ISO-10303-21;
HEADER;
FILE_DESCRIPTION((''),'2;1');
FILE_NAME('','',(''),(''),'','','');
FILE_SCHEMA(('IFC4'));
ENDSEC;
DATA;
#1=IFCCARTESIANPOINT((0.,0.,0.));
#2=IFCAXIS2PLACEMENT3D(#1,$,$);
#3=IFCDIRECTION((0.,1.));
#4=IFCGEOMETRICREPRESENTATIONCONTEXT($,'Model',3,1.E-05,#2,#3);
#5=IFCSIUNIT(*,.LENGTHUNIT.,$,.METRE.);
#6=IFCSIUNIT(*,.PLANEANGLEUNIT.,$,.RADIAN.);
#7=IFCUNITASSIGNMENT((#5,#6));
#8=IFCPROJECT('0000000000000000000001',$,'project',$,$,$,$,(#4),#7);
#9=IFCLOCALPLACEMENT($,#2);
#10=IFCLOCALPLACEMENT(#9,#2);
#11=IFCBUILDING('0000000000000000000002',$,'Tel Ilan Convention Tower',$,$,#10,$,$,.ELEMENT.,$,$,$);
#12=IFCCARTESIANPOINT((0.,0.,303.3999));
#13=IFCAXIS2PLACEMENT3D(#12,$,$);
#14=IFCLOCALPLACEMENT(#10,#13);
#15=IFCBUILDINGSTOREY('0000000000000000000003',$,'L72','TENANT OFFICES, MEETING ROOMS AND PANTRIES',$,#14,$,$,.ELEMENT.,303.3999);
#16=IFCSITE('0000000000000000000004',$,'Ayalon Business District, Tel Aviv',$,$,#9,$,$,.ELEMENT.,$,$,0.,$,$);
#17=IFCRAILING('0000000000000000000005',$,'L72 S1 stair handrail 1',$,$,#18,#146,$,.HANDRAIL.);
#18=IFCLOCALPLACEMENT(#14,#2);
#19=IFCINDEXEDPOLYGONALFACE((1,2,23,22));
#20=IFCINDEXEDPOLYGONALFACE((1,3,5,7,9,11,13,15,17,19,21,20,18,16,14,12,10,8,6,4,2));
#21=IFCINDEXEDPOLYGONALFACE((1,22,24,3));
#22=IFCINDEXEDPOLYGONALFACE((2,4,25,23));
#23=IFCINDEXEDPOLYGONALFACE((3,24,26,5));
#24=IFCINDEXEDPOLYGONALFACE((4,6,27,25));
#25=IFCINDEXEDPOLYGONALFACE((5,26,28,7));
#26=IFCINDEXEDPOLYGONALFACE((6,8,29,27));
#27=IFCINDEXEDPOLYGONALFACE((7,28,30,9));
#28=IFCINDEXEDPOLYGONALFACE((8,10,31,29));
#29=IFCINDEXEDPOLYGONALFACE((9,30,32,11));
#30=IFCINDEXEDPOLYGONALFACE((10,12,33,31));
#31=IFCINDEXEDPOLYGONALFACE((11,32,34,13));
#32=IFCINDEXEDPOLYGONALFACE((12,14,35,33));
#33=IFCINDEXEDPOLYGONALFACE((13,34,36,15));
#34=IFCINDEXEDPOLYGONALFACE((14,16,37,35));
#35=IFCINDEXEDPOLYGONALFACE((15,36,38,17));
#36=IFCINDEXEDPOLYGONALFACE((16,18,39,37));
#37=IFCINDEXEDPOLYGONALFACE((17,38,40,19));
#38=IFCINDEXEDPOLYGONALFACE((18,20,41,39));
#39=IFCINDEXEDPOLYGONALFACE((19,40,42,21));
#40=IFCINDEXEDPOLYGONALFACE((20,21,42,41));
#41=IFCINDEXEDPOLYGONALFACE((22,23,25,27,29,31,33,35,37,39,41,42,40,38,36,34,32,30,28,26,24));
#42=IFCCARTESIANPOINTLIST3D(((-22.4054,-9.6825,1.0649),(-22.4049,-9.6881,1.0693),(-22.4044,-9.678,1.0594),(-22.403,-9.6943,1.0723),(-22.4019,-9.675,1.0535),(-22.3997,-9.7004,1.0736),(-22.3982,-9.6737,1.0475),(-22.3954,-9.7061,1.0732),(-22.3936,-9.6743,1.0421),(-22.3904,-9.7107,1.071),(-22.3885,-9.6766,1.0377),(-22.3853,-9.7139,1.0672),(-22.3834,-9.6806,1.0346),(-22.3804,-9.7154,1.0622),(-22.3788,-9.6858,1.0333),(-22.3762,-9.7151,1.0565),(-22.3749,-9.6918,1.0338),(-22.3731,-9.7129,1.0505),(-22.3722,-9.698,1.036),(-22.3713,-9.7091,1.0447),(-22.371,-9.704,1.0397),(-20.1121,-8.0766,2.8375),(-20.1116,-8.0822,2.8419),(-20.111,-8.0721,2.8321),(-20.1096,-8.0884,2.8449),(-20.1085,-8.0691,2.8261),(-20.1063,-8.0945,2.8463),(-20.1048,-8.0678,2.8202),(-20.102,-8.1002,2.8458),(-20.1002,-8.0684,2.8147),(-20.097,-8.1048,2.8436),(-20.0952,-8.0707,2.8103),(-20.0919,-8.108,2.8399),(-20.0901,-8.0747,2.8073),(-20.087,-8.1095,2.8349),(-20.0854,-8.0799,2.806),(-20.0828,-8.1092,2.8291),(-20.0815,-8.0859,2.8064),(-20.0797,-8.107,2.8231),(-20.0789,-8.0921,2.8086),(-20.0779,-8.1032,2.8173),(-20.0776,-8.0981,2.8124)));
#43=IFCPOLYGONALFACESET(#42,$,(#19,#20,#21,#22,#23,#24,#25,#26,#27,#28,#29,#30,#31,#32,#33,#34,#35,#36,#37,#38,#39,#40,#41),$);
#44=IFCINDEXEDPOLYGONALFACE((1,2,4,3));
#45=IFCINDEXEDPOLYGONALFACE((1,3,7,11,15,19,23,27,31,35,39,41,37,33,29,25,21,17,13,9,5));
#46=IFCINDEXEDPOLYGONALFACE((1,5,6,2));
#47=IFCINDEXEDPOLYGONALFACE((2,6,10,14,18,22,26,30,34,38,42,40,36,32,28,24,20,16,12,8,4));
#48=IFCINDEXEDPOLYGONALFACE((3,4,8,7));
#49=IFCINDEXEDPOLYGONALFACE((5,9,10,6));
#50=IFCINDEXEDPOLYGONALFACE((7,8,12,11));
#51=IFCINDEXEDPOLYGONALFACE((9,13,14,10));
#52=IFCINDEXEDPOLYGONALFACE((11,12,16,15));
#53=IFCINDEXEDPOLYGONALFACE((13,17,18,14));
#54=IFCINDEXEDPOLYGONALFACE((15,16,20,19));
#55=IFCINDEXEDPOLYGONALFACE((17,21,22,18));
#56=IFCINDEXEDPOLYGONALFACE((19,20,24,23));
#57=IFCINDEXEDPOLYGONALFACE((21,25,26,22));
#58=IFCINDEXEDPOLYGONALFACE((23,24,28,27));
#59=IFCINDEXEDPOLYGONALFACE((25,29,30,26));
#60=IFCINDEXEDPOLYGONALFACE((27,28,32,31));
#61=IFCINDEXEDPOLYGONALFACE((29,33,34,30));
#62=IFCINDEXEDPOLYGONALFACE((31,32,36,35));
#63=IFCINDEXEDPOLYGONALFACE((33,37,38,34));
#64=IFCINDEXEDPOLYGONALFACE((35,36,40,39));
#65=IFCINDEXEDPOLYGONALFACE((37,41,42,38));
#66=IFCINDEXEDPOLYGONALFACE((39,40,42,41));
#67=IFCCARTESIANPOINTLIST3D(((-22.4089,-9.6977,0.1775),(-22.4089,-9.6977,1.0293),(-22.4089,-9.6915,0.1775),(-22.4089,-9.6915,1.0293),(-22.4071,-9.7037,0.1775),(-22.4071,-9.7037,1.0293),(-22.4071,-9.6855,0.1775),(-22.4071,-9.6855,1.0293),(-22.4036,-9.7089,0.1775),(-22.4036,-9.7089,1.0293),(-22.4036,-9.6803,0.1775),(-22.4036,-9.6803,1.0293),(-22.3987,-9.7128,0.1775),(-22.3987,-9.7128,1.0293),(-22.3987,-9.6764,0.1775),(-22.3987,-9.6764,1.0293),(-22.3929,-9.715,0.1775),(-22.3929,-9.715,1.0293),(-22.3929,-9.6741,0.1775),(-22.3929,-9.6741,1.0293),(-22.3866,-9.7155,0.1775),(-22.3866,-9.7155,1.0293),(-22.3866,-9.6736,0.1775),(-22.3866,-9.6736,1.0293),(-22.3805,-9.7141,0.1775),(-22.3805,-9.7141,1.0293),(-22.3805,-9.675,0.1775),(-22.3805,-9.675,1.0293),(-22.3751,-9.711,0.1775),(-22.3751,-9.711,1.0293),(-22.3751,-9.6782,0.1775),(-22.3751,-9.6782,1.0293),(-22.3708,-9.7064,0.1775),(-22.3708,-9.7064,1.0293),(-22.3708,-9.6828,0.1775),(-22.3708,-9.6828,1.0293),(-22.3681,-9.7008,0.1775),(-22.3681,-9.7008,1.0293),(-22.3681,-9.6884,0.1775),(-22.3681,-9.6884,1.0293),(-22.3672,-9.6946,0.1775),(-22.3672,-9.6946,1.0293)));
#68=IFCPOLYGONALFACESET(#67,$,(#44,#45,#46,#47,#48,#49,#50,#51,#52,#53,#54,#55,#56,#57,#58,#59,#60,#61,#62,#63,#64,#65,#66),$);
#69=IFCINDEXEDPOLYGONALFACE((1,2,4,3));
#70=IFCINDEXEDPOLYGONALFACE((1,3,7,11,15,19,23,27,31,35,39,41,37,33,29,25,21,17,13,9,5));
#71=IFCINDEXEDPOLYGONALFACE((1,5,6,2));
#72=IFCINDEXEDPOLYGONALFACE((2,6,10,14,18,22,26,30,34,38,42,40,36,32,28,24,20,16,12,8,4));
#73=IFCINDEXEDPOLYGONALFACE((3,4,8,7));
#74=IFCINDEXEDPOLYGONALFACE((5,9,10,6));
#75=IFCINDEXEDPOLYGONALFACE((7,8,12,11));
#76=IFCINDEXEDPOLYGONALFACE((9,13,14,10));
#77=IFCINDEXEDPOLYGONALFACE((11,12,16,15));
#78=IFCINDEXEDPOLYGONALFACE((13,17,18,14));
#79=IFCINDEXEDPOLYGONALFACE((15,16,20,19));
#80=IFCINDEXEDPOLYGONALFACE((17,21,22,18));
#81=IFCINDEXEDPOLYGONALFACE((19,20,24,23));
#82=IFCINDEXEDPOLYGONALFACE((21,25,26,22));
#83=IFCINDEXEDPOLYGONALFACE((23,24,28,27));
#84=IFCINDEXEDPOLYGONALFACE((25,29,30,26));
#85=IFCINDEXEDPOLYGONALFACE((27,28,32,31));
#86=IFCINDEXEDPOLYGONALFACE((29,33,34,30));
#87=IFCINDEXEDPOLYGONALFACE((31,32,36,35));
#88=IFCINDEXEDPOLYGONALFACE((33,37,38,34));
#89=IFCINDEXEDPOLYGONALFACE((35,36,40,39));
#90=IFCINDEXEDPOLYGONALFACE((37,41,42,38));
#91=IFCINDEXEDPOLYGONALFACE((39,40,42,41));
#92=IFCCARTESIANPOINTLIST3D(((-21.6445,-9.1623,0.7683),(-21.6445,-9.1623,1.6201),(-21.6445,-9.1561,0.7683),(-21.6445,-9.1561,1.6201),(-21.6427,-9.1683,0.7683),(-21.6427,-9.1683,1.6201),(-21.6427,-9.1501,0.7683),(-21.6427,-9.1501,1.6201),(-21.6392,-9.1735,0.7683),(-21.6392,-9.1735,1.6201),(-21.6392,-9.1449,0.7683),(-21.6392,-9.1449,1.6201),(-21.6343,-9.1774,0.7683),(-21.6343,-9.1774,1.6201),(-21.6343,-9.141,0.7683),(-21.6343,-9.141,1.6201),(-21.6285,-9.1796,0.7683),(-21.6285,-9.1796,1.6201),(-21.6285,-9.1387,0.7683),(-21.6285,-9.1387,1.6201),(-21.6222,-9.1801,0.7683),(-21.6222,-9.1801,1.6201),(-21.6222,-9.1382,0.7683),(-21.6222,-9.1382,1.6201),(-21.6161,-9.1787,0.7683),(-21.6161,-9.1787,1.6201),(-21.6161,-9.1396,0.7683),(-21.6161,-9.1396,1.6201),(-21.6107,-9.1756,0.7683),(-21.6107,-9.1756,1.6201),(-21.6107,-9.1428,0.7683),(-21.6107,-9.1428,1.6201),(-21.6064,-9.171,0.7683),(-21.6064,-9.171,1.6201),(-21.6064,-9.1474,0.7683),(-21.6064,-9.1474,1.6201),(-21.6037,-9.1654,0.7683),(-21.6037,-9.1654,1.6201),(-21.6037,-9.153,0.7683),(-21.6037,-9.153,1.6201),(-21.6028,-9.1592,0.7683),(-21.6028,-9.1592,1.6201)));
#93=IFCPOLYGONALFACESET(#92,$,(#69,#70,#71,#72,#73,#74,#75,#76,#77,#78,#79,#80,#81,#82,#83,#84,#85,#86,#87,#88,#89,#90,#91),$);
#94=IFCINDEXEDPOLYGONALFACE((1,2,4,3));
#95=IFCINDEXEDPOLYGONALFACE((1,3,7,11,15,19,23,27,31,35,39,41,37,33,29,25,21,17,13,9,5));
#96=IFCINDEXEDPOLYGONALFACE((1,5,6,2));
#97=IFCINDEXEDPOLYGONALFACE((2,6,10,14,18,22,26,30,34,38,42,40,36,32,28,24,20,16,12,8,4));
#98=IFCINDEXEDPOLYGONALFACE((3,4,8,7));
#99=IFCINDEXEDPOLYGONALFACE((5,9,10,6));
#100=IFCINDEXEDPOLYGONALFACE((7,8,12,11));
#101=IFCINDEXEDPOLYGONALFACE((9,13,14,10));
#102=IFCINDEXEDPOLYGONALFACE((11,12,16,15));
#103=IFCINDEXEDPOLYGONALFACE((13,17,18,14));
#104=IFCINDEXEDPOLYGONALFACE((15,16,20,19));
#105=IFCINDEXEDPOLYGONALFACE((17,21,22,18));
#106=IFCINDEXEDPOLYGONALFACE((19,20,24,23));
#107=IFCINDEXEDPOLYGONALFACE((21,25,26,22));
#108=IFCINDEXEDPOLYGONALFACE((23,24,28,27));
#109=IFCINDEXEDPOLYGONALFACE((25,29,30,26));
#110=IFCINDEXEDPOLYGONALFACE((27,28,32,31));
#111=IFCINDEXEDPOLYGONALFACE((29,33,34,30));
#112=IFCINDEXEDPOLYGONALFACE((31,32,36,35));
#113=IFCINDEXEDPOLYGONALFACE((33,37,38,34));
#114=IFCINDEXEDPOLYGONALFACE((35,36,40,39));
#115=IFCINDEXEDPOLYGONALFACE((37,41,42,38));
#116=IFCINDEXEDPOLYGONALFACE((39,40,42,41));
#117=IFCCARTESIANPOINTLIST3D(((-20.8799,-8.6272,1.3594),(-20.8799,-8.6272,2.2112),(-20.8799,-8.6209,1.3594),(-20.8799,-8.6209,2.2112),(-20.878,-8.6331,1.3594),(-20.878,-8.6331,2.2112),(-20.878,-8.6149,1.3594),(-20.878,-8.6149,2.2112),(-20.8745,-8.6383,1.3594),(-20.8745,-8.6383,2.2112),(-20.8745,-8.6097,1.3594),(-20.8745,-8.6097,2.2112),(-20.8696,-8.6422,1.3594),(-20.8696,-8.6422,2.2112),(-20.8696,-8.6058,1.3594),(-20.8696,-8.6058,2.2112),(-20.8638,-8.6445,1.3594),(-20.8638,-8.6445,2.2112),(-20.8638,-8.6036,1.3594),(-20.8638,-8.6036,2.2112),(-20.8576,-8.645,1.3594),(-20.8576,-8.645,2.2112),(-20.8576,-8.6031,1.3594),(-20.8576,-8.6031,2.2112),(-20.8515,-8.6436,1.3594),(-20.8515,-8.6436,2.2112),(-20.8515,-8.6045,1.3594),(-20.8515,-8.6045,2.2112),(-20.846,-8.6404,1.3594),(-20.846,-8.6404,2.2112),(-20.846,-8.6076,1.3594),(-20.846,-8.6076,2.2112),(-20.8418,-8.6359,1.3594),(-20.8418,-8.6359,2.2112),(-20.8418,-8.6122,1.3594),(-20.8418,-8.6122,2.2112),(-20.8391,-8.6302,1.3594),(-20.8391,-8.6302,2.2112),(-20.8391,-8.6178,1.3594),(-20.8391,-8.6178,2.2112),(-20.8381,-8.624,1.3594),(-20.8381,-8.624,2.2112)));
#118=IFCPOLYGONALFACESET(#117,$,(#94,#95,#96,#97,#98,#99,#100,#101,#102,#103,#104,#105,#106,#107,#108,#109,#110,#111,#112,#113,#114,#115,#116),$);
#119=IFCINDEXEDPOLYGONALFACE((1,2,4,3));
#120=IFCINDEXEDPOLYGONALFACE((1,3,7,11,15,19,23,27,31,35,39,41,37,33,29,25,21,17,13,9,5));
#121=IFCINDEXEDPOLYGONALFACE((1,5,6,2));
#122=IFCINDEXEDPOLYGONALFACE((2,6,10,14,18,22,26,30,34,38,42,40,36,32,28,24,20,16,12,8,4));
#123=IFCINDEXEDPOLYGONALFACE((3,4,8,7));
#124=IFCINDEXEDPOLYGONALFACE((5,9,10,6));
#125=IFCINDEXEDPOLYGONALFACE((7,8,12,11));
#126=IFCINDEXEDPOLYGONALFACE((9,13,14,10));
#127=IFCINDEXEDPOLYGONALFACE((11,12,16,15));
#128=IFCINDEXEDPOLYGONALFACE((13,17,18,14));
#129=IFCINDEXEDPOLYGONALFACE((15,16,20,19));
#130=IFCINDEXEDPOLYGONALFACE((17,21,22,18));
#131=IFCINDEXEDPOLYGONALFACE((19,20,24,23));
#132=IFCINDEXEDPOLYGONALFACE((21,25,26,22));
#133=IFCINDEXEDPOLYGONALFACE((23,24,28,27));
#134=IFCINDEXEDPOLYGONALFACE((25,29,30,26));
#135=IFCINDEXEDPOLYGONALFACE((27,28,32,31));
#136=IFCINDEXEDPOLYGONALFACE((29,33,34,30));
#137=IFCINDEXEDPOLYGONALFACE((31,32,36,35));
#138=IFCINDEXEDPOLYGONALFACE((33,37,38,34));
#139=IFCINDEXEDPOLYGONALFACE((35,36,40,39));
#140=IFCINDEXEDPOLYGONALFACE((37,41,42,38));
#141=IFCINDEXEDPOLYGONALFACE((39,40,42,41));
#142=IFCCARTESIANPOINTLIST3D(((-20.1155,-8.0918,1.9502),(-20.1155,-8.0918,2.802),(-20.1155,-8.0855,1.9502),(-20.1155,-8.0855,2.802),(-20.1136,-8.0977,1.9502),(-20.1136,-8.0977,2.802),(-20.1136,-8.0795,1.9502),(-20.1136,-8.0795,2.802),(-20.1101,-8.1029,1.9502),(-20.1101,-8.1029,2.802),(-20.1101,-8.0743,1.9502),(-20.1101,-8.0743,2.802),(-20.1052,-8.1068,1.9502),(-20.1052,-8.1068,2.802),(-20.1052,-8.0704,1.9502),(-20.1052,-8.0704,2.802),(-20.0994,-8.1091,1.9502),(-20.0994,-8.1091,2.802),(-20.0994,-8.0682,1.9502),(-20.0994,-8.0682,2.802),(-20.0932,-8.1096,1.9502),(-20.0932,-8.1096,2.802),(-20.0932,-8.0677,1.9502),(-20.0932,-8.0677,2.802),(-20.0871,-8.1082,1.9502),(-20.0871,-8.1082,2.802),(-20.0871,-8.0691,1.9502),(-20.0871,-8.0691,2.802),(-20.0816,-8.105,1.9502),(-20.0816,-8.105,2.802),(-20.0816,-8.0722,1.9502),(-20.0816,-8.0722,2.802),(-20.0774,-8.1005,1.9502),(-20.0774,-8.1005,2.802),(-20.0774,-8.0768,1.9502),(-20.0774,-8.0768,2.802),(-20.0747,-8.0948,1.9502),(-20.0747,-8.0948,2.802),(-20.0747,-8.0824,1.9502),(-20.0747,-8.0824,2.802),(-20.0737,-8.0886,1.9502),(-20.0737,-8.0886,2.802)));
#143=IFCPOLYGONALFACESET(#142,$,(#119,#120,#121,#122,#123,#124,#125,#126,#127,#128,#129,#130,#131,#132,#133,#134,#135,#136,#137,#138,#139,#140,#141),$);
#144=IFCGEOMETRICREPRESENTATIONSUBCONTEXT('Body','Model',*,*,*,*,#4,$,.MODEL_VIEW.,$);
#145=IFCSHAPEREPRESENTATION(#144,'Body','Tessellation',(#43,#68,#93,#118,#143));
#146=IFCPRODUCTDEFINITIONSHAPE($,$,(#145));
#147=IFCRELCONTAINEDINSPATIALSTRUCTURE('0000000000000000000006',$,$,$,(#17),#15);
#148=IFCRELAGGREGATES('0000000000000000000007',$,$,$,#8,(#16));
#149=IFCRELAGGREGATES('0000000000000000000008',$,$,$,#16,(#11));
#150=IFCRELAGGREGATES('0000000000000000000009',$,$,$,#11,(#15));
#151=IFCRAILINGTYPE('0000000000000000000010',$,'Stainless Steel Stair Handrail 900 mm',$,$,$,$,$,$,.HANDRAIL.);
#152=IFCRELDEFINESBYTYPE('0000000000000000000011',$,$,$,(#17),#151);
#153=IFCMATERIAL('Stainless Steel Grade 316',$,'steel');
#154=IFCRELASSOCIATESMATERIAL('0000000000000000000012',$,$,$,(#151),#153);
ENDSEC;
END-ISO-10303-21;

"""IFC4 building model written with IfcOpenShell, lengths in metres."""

from ifc_helpers import new_model, si_unit, direction, frame, origin, origin_2d, place, context, subcontext, project, spatial, circle, extrude, material, type_object, element, save


model = new_model("IFC4")

# Units and contexts
model_context = context("Model", 3, precision=1e-05, world=origin(), true_north=direction((0.0, 1.0)))
body_context = subcontext(model_context, "Body", "Model", "MODEL_VIEW")
ifc_project = project(units=[si_unit("LENGTHUNIT", "METRE"), si_unit("PLANEANGLEUNIT", "RADIAN")], contexts=[model_context])

# Site, building, storey
site_placement = place(None, origin())
site = spatial("IfcSite", under=ifc_project, at=site_placement, Name="Ayalon Business District, Tel Aviv", CompositionType="ELEMENT", RefElevation=0.0)
building_placement = place(site_placement, origin())
building = spatial("IfcBuilding", under=site, at=building_placement, Name="Tel Ilan Convention Tower", CompositionType="ELEMENT")
storey_placement = place(building_placement, frame((0.0, 0.0, 303.3999)))
storey = spatial("IfcBuildingStorey", under=building, at=storey_placement, Name="L72", Description="TENANT OFFICES, MEETING ROOMS AND PANTRIES", CompositionType="ELEMENT", Elevation=303.3999)

# Railing
ifc_material_1 = material(Name="Stainless Steel Grade 316", Category="steel")
railing_type_1 = type_object("IfcRailingType", Name="Stainless Steel Stair Handrail 900 mm", PredefinedType="HANDRAIL", material=ifc_material_1)
railing_1_placement = place(storey_placement, frame((-22.3882, -9.6946, 0.1775)))
element("IfcRailing", 1, at=railing_1_placement, inside=storey, type_object=railing_type_1, Name="L72 S1 stair handrail 1", PredefinedType="HANDRAIL", context=body_context, shape_type="SweptSolid", body=[
    extrude(circle(Radius=0.0239, at=origin_2d()), frame((0.0, 0.0, 0.876), z_axis=(0.692085, 0.484621, 0.53494), x_axis=(-0.573591, 0.819142, 0.0)), (0.0, 0.0, 1.0), 3.3137),
    extrude(circle(Radius=0.021, at=origin_2d()), origin(), (0.0, 0.0, 1.0), 0.8518),
    extrude(circle(Radius=0.021, at=origin_2d()), frame((0.7644, 0.5354, 0.5908)), (0.0, 0.0, 1.0), 0.8518),
    extrude(circle(Radius=0.021, at=origin_2d()), frame((1.5291, 1.0706, 1.1819)), (0.0, 0.0, 1.0), 0.8518),
    extrude(circle(Radius=0.021, at=origin_2d()), frame((2.2935, 1.606, 1.7727)), (0.0, 0.0, 1.0), 0.8518),
])

save(model, "model.ifc")
